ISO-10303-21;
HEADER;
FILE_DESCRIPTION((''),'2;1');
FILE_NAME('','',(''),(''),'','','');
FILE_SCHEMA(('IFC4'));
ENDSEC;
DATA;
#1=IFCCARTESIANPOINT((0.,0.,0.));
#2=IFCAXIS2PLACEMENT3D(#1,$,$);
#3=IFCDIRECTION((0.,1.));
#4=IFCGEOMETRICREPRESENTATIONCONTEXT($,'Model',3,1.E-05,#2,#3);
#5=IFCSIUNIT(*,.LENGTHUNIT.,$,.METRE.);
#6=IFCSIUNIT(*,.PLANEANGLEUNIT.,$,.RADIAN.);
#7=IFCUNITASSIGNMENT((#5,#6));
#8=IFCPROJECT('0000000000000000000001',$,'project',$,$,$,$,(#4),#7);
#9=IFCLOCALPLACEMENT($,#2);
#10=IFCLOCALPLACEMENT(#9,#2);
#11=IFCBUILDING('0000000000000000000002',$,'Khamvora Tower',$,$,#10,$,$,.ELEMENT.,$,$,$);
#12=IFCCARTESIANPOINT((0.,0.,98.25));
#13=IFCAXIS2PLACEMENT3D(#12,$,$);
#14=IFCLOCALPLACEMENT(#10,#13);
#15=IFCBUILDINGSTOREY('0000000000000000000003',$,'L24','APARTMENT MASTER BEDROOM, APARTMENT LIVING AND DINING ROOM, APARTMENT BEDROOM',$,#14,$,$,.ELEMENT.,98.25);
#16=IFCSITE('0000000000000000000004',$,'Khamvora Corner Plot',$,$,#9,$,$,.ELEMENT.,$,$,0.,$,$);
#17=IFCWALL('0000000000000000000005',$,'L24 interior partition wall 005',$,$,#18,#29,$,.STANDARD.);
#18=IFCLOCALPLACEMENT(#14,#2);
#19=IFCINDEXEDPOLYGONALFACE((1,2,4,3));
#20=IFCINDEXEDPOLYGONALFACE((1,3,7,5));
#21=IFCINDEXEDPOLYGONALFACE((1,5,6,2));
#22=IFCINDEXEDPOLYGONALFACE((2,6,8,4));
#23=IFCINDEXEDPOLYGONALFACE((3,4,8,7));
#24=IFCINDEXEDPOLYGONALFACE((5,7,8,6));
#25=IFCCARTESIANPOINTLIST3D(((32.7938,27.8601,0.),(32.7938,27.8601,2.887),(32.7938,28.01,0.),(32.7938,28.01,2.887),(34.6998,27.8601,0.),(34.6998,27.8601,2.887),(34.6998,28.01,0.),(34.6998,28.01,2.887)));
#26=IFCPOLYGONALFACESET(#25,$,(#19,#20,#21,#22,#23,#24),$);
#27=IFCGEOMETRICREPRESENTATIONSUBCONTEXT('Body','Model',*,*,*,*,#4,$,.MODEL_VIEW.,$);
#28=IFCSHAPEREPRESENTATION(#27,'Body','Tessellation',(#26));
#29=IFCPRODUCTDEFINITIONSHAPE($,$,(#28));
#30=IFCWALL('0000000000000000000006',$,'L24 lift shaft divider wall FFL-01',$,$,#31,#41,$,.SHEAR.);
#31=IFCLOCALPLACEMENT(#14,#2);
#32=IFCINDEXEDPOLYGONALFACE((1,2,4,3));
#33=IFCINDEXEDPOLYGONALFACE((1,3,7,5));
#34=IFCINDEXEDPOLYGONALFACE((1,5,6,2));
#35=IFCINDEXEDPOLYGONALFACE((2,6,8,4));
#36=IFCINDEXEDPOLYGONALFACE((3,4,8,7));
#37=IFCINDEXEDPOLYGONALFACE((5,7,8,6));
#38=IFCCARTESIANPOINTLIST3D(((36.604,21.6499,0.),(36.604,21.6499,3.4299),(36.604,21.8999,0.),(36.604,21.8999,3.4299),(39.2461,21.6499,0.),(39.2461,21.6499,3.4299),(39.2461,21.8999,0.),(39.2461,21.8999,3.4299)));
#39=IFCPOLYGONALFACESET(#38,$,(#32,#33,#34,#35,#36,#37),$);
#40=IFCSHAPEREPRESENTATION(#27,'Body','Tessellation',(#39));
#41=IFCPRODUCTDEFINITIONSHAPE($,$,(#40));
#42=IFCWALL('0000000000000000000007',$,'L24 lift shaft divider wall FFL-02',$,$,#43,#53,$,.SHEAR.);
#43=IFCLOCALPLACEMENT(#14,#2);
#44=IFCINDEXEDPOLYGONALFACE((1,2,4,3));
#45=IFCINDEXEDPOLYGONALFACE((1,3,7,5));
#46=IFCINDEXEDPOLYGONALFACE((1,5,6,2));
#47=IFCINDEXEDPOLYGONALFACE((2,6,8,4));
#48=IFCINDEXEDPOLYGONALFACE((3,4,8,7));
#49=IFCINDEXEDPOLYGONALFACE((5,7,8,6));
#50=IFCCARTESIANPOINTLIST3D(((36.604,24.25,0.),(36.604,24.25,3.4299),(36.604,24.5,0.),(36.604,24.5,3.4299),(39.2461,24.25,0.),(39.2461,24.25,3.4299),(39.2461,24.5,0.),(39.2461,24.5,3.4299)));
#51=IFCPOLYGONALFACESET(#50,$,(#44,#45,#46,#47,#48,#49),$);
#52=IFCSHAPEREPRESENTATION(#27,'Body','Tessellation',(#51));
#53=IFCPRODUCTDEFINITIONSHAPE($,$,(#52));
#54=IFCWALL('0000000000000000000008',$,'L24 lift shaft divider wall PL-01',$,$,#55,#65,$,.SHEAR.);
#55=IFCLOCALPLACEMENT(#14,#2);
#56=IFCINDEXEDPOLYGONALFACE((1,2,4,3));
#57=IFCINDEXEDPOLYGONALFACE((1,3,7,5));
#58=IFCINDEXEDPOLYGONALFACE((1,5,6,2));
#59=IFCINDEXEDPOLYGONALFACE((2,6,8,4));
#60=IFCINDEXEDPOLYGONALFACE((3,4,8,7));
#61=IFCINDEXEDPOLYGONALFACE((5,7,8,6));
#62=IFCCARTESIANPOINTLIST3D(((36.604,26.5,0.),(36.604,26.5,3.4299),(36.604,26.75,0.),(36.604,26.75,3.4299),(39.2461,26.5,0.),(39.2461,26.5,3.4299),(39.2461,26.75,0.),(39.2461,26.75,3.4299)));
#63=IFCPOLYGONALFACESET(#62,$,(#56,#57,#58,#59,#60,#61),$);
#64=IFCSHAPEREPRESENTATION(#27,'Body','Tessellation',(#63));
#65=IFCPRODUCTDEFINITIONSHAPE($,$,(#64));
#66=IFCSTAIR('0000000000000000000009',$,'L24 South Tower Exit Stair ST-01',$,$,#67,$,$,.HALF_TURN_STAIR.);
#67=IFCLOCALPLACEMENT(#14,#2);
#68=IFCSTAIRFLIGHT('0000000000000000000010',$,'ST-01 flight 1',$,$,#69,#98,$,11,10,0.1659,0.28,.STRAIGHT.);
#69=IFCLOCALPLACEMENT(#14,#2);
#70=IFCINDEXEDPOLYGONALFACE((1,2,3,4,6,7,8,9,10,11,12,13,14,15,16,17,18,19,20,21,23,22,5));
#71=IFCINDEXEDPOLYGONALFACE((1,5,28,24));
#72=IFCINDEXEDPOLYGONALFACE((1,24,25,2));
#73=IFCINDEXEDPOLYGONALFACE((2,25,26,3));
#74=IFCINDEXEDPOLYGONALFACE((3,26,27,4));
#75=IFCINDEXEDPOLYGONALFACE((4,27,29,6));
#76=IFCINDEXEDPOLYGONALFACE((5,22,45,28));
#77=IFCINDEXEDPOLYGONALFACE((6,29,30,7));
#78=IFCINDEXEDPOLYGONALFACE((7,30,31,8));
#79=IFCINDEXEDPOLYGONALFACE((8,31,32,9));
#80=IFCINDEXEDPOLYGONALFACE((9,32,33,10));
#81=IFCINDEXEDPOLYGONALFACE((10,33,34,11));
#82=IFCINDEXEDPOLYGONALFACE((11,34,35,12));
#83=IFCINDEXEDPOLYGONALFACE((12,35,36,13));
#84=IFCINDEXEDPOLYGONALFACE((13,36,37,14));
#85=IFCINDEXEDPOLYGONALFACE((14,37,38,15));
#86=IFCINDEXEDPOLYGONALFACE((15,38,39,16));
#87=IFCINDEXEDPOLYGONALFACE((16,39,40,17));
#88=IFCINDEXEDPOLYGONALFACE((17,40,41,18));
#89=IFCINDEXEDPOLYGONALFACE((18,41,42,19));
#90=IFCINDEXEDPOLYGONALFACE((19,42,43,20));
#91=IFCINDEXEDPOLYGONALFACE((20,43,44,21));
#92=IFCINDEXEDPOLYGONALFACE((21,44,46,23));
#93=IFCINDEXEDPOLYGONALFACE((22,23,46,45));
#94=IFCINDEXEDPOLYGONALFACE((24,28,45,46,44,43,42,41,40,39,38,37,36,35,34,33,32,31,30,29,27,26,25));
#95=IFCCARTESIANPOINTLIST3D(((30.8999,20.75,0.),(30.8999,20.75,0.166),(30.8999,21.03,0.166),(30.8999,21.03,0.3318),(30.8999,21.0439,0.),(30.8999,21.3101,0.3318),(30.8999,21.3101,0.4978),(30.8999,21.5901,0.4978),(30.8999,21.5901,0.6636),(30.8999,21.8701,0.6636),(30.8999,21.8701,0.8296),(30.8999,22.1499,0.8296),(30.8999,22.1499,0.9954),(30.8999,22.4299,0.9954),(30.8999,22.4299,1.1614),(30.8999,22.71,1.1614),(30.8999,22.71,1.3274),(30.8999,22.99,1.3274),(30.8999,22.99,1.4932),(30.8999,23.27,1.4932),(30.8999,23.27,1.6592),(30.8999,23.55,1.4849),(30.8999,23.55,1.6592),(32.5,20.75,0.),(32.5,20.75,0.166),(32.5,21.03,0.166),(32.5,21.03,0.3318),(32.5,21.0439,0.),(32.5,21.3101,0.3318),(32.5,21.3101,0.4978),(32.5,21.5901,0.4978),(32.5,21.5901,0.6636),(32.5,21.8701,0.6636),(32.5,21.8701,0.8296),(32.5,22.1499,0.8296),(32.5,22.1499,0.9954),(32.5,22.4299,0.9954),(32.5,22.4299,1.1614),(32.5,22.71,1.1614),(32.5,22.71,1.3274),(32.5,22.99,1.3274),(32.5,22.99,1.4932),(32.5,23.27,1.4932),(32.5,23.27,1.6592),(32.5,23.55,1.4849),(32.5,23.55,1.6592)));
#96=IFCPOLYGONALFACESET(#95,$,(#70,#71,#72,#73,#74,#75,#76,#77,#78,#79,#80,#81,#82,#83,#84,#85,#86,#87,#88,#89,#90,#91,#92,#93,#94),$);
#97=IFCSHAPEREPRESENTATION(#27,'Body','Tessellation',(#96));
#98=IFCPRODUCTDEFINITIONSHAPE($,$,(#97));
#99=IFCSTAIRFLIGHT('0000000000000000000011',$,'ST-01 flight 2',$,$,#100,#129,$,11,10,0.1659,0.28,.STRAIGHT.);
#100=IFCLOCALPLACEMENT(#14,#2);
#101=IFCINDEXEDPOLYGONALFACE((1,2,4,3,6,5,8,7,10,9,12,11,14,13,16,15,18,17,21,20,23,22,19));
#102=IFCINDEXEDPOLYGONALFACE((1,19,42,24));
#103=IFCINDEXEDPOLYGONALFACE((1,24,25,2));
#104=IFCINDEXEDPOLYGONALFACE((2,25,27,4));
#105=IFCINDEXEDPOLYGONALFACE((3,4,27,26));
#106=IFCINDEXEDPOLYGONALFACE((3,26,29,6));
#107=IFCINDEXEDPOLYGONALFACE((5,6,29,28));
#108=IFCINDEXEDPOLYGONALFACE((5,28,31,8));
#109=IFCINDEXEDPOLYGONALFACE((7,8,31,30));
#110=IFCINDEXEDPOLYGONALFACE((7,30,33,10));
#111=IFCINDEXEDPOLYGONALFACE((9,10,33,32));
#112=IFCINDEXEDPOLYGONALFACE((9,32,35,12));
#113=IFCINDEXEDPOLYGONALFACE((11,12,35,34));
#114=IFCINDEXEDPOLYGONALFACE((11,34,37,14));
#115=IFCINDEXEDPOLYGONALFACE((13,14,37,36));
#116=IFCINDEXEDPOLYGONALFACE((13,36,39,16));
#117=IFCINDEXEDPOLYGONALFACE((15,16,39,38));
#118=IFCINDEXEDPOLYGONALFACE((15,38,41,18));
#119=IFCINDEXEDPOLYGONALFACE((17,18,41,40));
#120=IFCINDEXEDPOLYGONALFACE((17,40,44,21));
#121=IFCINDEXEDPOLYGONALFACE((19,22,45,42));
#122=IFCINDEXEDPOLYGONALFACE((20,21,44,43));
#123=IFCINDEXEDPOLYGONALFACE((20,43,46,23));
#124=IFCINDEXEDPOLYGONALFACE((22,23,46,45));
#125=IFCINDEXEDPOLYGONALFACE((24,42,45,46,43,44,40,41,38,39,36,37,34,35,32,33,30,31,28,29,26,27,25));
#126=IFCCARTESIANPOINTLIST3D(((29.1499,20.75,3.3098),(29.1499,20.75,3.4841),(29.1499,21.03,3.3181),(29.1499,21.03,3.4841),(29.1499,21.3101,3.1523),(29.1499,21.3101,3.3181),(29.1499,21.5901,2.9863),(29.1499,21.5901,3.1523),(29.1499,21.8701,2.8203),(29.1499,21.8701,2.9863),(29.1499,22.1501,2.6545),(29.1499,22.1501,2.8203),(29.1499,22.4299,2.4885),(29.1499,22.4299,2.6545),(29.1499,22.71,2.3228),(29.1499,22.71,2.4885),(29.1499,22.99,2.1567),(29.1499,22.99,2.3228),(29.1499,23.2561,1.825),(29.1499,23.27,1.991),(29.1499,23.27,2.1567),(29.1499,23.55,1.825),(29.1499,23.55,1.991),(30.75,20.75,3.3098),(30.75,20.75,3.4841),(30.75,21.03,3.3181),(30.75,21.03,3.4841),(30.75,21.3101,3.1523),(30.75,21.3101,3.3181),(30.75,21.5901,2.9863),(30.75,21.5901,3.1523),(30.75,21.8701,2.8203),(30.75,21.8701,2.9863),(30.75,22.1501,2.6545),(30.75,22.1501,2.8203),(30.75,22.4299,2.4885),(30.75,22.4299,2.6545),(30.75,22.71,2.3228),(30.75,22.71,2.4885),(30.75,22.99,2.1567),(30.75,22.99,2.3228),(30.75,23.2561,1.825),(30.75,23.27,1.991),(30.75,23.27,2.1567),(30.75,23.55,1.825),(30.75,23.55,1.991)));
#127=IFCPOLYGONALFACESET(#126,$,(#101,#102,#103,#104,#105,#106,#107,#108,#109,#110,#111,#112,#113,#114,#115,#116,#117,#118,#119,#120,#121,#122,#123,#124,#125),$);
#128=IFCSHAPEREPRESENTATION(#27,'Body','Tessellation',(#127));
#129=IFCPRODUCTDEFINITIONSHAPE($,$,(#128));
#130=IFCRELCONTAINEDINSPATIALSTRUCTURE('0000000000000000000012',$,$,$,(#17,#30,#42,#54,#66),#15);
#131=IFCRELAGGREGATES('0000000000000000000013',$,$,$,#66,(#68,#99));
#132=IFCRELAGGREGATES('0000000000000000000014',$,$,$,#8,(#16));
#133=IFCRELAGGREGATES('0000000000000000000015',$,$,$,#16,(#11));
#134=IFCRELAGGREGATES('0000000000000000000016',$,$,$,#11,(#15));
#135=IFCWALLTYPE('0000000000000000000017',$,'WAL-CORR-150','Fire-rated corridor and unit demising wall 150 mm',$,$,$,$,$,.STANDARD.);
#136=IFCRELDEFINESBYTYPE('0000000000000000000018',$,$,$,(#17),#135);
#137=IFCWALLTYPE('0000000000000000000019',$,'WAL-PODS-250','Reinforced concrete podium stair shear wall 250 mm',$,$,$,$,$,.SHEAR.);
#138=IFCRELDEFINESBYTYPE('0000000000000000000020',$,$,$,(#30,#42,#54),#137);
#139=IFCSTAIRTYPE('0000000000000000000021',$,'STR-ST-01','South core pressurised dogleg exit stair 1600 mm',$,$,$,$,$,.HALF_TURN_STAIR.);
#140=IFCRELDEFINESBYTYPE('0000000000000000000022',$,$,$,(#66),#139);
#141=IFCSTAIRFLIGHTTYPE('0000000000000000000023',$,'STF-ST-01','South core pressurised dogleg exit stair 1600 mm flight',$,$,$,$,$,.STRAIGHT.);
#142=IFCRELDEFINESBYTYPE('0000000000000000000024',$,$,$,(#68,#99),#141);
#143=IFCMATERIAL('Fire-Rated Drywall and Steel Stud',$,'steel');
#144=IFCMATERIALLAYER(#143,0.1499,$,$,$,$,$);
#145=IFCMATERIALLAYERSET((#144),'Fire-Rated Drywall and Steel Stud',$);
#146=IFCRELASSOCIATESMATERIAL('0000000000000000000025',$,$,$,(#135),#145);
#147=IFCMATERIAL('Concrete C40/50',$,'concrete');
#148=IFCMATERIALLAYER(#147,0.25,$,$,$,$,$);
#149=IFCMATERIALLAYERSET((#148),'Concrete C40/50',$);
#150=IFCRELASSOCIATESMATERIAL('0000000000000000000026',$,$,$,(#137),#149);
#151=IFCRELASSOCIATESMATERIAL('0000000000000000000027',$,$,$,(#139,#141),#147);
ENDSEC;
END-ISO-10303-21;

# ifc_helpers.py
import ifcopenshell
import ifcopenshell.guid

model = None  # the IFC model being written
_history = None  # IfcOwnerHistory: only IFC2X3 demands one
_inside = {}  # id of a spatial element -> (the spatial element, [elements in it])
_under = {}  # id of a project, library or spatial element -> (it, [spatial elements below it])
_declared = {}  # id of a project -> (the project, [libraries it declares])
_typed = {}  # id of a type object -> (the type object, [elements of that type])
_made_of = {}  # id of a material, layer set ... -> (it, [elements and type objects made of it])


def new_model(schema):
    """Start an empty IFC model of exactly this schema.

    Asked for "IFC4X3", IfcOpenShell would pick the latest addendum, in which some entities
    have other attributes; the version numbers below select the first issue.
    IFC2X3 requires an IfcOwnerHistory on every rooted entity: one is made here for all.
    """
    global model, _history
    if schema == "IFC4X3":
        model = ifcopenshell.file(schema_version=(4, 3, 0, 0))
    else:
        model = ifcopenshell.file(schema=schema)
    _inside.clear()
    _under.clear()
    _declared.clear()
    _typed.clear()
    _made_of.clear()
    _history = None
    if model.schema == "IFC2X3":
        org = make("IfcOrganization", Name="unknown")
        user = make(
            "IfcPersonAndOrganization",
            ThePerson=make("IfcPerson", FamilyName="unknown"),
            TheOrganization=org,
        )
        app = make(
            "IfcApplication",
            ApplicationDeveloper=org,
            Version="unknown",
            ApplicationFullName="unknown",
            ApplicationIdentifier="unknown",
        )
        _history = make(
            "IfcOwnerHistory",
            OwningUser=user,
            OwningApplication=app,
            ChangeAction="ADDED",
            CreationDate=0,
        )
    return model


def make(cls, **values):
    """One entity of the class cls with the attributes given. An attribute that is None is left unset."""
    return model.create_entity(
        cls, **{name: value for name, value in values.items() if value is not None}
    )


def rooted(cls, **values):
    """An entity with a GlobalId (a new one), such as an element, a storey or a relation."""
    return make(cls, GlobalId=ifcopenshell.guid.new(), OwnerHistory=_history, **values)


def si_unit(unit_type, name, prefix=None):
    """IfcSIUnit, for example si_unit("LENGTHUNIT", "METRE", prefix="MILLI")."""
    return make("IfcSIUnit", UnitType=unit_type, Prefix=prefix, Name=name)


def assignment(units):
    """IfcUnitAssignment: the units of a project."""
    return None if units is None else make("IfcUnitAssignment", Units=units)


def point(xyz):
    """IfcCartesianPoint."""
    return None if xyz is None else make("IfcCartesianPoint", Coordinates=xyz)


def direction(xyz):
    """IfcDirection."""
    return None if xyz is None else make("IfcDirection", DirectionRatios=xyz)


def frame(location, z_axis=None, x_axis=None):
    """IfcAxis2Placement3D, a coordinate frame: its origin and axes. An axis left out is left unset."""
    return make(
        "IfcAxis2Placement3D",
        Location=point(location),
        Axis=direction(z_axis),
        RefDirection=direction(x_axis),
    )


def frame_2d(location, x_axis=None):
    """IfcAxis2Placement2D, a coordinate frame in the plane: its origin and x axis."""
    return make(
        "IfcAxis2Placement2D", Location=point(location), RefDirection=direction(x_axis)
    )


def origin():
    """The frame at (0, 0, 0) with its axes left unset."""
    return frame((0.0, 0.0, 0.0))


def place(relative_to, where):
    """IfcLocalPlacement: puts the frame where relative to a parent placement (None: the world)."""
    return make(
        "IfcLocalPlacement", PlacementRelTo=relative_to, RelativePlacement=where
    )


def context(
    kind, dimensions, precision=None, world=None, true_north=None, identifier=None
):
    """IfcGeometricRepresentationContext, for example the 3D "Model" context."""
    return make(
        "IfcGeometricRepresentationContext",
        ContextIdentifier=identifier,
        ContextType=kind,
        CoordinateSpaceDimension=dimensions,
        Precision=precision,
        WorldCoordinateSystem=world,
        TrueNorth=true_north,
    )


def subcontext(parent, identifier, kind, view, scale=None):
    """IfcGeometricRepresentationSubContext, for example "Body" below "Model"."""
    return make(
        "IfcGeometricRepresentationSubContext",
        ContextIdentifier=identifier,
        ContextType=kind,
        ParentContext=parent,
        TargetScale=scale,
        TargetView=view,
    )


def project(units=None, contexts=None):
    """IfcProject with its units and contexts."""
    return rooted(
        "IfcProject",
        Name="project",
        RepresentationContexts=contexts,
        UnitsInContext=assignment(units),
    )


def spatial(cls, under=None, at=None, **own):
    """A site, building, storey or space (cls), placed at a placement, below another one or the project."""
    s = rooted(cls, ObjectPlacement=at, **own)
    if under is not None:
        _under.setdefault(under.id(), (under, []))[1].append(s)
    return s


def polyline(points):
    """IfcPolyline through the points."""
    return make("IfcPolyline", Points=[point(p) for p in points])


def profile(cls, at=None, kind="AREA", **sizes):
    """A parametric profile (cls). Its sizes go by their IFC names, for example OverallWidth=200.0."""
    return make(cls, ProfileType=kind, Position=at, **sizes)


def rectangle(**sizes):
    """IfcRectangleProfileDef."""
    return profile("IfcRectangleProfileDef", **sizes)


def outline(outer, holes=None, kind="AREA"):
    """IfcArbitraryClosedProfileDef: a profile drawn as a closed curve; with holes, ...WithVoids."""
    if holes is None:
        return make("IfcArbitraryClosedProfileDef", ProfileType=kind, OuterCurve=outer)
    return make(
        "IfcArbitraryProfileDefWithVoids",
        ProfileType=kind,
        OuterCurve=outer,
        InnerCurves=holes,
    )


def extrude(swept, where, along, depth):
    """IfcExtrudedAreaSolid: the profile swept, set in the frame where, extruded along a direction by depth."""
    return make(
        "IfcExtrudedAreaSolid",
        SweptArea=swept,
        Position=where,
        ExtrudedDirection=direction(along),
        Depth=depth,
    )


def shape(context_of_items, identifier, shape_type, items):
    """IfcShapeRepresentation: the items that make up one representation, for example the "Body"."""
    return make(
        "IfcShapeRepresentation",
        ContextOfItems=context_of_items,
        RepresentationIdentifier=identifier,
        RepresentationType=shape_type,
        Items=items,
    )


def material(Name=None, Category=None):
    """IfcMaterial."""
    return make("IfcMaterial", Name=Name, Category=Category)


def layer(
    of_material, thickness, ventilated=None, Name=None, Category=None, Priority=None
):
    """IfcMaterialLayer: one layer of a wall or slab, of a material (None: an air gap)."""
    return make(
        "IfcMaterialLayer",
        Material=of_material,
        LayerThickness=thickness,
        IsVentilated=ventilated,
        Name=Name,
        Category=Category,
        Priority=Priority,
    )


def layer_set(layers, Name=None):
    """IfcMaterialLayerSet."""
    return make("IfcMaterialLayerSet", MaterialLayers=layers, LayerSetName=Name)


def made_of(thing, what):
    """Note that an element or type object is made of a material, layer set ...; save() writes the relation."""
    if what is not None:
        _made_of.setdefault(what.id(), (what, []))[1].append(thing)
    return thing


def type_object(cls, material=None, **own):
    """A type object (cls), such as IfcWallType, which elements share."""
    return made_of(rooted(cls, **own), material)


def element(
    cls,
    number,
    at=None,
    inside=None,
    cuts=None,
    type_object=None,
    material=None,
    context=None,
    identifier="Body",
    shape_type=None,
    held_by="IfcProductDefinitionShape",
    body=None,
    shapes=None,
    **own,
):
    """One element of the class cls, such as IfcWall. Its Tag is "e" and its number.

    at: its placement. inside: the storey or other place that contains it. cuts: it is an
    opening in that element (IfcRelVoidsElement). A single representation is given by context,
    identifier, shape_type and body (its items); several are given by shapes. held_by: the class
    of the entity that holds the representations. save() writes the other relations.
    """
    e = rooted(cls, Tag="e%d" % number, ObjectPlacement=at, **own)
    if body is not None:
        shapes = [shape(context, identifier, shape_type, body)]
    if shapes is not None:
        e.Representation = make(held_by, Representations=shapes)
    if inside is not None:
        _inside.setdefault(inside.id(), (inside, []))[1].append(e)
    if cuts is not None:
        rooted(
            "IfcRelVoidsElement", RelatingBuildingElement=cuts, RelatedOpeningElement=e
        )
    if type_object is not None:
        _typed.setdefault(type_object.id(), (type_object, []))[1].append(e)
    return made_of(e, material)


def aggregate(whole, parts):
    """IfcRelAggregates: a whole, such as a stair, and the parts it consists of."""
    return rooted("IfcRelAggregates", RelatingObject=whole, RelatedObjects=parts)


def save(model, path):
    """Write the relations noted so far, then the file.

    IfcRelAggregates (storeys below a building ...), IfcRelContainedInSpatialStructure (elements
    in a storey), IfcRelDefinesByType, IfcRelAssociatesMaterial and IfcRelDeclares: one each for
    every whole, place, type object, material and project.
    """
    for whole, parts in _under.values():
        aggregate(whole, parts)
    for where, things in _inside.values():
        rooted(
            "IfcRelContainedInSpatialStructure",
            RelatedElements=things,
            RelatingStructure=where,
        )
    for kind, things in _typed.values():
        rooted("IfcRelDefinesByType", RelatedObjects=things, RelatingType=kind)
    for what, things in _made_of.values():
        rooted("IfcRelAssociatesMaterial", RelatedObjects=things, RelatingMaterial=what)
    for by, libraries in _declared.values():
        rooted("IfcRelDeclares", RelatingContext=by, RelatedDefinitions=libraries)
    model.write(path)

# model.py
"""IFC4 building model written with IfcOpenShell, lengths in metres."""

from ifc_helpers import new_model, si_unit, direction, frame, frame_2d, origin, place, context, subcontext, project, spatial, polyline, rectangle, outline, extrude, material, layer, layer_set, type_object, element, aggregate, save


model = new_model("IFC4")

# Units and contexts
model_context = context("Model", 3, precision=1e-05, world=origin(), true_north=direction((0.0, 1.0)))
body_context = subcontext(model_context, "Body", "Model", "MODEL_VIEW")
ifc_project = project(units=[si_unit("LENGTHUNIT", "METRE"), si_unit("PLANEANGLEUNIT", "RADIAN")], contexts=[model_context])

# Site, building, storey
site_placement = place(None, origin())
site = spatial("IfcSite", under=ifc_project, at=site_placement, Name="Khamvora Corner Plot", CompositionType="ELEMENT", RefElevation=0.0)
building_placement = place(site_placement, origin())
building = spatial("IfcBuilding", under=site, at=building_placement, Name="Khamvora Tower", CompositionType="ELEMENT")
storey_placement = place(building_placement, frame((0.0, 0.0, 98.25)))
storey = spatial("IfcBuildingStorey", under=building, at=storey_placement, Name="L24", Description="APARTMENT MASTER BEDROOM, APARTMENT LIVING AND DINING ROOM, APARTMENT BEDROOM", CompositionType="ELEMENT", Elevation=98.25)

# Shared definitions
ifc_material_1 = material(Name="Fire-Rated Drywall and Steel Stud", Category="steel")
ifc_layer_1 = layer(ifc_material_1, 0.1499)
ifc_layer_set_1 = layer_set([ifc_layer_1], Name="Fire-Rated Drywall and Steel Stud")
wall_type_1 = type_object("IfcWallType", Name="WAL-CORR-150", Description="Fire-rated corridor and unit demising wall 150 mm", PredefinedType="STANDARD", material=ifc_layer_set_1)

# Walls
wall_1_placement = place(storey_placement, frame((34.7, 27.9351, 0.0), z_axis=(0.0, 0.0, 1.0), x_axis=(-1.0, 0.0, 0.0)))
element("IfcWall", 1, at=wall_1_placement, inside=storey, type_object=wall_type_1, Name="L24 interior partition wall 005", PredefinedType="STANDARD", context=body_context, shape_type="SweptSolid", body=[
    extrude(rectangle(XDim=1.906, YDim=0.1499, at=frame_2d((0.9531, 0.0))), origin(), (0.0, 0.0, 1.0), 2.887),
])
ifc_material_2 = material(Name="Concrete C40/50", Category="concrete")
ifc_layer_2 = layer(ifc_material_2, 0.25)
ifc_layer_set_2 = layer_set([ifc_layer_2], Name="Concrete C40/50")
wall_type_2 = type_object("IfcWallType", Name="WAL-PODS-250", Description="Reinforced concrete podium stair shear wall 250 mm", PredefinedType="SHEAR", material=ifc_layer_set_2)
for number, where, z_axis, x_axis, name in (
    (2, (36.604, 21.7749, 0.0), (0.0, 0.0, 1.0), (1.0, 0.0, 0.0), "L24 lift shaft divider wall FFL-01"),
    (3, (36.604, 24.375, 0.0), (0.0, 0.0, 1.0), (1.0, 0.0, 0.0), "L24 lift shaft divider wall FFL-02"),
    (4, (36.604, 26.625, 0.0), (0.0, 0.0, 1.0), (1.0, 0.0, 0.0), "L24 lift shaft divider wall PL-01"),
):
    element("IfcWall", number, at=place(storey_placement, frame(where, z_axis=z_axis, x_axis=x_axis)), inside=storey, type_object=wall_type_2, Name=name, PredefinedType="SHEAR", context=body_context, shape_type="SweptSolid", body=[
        extrude(rectangle(XDim=2.6421, YDim=0.25, at=frame_2d((1.321, 0.0))), origin(), (0.0, 0.0, 1.0), 3.4299),
    ])

# Stair, stair flights
stair_type = type_object("IfcStairType", Name="STR-ST-01", Description="South core pressurised dogleg exit stair 1600 mm", PredefinedType="HALF_TURN_STAIR", material=ifc_material_2)
stair_placement = place(storey_placement, origin())
stair = element("IfcStair", 5, at=stair_placement, inside=storey, type_object=stair_type, Name="L24 South Tower Exit Stair ST-01", PredefinedType="HALF_TURN_STAIR")
stair_flight_type = type_object("IfcStairFlightType", Name="STF-ST-01", Description="South core pressurised dogleg exit stair 1600 mm flight", PredefinedType="STRAIGHT", material=ifc_material_2)
stair_flight_1_placement = place(storey_placement, frame((31.7, 20.75, 0.0), z_axis=(0.0, 0.0, 1.0), x_axis=(0.0, 1.0, 0.0)))
stair_flight_1 = element("IfcStairFlight", 6, at=stair_flight_1_placement, type_object=stair_flight_type, Name="ST-01 flight 1", NumberOfRisers=11, NumberOfTreads=10, PredefinedType="STRAIGHT", RiserHeight=0.1659, TreadLength=0.28, context=body_context, shape_type="SweptSolid", body=[
    extrude(outline(polyline([(0.0, 0.0), (0.0, 0.166), (0.28, 0.166), (0.28, 0.3318), (0.5601, 0.3318), (0.5601, 0.4978), (0.8401, 0.4978), (0.8401, 0.6636), (1.1201, 0.6636), (1.1201, 0.8296), (1.3999, 0.8296), (1.3999, 0.9954), (1.6799, 0.9954), (1.6799, 1.1614), (1.96, 1.1614), (1.96, 1.3274), (2.24, 1.3274), (2.24, 1.4932), (2.52, 1.4932), (2.52, 1.6592), (2.8, 1.6592), (2.8, 1.825), (2.8, 1.4849), (0.2939, 0.0), (0.0, 0.0)])), frame((0.0, 0.8, 0.0), z_axis=(0.0, -1.0, 0.0), x_axis=(1.0, 0.0, 0.0)), (0.0, 0.0, 1.0), 1.6001),
])
stair_flight_2_placement = place(storey_placement, frame((29.95, 23.55, 1.825), z_axis=(0.0, 0.0, 1.0), x_axis=(0.0, -1.0, 0.0)))
stair_flight_2 = element("IfcStairFlight", 7, at=stair_flight_2_placement, type_object=stair_flight_type, Name="ST-01 flight 2", NumberOfRisers=11, NumberOfTreads=10, PredefinedType="STRAIGHT", RiserHeight=0.1659, TreadLength=0.28, context=body_context, shape_type="SweptSolid", body=[
    extrude(outline(polyline([(0.0, 0.0), (0.0, 0.166), (0.28, 0.166), (0.28, 0.3318), (0.5601, 0.3318), (0.5601, 0.4978), (0.8401, 0.4978), (0.8401, 0.6636), (1.1201, 0.6636), (1.1201, 0.8296), (1.3999, 0.8296), (1.3999, 0.9954), (1.6799, 0.9954), (1.6799, 1.1614), (1.96, 1.1614), (1.96, 1.3274), (2.24, 1.3274), (2.24, 1.4932), (2.52, 1.4932), (2.52, 1.6592), (2.8, 1.6592), (2.8, 1.825), (2.8, 1.4849), (0.2939, 0.0), (0.0, 0.0)])), frame((0.0, 0.8, 0.0), z_axis=(0.0, -1.0, 0.0), x_axis=(1.0, 0.0, 0.0)), (0.0, 0.0, 1.0), 1.6001),
])
aggregate(stair, [stair_flight_1, stair_flight_2])

save(model, "model.ifc")
